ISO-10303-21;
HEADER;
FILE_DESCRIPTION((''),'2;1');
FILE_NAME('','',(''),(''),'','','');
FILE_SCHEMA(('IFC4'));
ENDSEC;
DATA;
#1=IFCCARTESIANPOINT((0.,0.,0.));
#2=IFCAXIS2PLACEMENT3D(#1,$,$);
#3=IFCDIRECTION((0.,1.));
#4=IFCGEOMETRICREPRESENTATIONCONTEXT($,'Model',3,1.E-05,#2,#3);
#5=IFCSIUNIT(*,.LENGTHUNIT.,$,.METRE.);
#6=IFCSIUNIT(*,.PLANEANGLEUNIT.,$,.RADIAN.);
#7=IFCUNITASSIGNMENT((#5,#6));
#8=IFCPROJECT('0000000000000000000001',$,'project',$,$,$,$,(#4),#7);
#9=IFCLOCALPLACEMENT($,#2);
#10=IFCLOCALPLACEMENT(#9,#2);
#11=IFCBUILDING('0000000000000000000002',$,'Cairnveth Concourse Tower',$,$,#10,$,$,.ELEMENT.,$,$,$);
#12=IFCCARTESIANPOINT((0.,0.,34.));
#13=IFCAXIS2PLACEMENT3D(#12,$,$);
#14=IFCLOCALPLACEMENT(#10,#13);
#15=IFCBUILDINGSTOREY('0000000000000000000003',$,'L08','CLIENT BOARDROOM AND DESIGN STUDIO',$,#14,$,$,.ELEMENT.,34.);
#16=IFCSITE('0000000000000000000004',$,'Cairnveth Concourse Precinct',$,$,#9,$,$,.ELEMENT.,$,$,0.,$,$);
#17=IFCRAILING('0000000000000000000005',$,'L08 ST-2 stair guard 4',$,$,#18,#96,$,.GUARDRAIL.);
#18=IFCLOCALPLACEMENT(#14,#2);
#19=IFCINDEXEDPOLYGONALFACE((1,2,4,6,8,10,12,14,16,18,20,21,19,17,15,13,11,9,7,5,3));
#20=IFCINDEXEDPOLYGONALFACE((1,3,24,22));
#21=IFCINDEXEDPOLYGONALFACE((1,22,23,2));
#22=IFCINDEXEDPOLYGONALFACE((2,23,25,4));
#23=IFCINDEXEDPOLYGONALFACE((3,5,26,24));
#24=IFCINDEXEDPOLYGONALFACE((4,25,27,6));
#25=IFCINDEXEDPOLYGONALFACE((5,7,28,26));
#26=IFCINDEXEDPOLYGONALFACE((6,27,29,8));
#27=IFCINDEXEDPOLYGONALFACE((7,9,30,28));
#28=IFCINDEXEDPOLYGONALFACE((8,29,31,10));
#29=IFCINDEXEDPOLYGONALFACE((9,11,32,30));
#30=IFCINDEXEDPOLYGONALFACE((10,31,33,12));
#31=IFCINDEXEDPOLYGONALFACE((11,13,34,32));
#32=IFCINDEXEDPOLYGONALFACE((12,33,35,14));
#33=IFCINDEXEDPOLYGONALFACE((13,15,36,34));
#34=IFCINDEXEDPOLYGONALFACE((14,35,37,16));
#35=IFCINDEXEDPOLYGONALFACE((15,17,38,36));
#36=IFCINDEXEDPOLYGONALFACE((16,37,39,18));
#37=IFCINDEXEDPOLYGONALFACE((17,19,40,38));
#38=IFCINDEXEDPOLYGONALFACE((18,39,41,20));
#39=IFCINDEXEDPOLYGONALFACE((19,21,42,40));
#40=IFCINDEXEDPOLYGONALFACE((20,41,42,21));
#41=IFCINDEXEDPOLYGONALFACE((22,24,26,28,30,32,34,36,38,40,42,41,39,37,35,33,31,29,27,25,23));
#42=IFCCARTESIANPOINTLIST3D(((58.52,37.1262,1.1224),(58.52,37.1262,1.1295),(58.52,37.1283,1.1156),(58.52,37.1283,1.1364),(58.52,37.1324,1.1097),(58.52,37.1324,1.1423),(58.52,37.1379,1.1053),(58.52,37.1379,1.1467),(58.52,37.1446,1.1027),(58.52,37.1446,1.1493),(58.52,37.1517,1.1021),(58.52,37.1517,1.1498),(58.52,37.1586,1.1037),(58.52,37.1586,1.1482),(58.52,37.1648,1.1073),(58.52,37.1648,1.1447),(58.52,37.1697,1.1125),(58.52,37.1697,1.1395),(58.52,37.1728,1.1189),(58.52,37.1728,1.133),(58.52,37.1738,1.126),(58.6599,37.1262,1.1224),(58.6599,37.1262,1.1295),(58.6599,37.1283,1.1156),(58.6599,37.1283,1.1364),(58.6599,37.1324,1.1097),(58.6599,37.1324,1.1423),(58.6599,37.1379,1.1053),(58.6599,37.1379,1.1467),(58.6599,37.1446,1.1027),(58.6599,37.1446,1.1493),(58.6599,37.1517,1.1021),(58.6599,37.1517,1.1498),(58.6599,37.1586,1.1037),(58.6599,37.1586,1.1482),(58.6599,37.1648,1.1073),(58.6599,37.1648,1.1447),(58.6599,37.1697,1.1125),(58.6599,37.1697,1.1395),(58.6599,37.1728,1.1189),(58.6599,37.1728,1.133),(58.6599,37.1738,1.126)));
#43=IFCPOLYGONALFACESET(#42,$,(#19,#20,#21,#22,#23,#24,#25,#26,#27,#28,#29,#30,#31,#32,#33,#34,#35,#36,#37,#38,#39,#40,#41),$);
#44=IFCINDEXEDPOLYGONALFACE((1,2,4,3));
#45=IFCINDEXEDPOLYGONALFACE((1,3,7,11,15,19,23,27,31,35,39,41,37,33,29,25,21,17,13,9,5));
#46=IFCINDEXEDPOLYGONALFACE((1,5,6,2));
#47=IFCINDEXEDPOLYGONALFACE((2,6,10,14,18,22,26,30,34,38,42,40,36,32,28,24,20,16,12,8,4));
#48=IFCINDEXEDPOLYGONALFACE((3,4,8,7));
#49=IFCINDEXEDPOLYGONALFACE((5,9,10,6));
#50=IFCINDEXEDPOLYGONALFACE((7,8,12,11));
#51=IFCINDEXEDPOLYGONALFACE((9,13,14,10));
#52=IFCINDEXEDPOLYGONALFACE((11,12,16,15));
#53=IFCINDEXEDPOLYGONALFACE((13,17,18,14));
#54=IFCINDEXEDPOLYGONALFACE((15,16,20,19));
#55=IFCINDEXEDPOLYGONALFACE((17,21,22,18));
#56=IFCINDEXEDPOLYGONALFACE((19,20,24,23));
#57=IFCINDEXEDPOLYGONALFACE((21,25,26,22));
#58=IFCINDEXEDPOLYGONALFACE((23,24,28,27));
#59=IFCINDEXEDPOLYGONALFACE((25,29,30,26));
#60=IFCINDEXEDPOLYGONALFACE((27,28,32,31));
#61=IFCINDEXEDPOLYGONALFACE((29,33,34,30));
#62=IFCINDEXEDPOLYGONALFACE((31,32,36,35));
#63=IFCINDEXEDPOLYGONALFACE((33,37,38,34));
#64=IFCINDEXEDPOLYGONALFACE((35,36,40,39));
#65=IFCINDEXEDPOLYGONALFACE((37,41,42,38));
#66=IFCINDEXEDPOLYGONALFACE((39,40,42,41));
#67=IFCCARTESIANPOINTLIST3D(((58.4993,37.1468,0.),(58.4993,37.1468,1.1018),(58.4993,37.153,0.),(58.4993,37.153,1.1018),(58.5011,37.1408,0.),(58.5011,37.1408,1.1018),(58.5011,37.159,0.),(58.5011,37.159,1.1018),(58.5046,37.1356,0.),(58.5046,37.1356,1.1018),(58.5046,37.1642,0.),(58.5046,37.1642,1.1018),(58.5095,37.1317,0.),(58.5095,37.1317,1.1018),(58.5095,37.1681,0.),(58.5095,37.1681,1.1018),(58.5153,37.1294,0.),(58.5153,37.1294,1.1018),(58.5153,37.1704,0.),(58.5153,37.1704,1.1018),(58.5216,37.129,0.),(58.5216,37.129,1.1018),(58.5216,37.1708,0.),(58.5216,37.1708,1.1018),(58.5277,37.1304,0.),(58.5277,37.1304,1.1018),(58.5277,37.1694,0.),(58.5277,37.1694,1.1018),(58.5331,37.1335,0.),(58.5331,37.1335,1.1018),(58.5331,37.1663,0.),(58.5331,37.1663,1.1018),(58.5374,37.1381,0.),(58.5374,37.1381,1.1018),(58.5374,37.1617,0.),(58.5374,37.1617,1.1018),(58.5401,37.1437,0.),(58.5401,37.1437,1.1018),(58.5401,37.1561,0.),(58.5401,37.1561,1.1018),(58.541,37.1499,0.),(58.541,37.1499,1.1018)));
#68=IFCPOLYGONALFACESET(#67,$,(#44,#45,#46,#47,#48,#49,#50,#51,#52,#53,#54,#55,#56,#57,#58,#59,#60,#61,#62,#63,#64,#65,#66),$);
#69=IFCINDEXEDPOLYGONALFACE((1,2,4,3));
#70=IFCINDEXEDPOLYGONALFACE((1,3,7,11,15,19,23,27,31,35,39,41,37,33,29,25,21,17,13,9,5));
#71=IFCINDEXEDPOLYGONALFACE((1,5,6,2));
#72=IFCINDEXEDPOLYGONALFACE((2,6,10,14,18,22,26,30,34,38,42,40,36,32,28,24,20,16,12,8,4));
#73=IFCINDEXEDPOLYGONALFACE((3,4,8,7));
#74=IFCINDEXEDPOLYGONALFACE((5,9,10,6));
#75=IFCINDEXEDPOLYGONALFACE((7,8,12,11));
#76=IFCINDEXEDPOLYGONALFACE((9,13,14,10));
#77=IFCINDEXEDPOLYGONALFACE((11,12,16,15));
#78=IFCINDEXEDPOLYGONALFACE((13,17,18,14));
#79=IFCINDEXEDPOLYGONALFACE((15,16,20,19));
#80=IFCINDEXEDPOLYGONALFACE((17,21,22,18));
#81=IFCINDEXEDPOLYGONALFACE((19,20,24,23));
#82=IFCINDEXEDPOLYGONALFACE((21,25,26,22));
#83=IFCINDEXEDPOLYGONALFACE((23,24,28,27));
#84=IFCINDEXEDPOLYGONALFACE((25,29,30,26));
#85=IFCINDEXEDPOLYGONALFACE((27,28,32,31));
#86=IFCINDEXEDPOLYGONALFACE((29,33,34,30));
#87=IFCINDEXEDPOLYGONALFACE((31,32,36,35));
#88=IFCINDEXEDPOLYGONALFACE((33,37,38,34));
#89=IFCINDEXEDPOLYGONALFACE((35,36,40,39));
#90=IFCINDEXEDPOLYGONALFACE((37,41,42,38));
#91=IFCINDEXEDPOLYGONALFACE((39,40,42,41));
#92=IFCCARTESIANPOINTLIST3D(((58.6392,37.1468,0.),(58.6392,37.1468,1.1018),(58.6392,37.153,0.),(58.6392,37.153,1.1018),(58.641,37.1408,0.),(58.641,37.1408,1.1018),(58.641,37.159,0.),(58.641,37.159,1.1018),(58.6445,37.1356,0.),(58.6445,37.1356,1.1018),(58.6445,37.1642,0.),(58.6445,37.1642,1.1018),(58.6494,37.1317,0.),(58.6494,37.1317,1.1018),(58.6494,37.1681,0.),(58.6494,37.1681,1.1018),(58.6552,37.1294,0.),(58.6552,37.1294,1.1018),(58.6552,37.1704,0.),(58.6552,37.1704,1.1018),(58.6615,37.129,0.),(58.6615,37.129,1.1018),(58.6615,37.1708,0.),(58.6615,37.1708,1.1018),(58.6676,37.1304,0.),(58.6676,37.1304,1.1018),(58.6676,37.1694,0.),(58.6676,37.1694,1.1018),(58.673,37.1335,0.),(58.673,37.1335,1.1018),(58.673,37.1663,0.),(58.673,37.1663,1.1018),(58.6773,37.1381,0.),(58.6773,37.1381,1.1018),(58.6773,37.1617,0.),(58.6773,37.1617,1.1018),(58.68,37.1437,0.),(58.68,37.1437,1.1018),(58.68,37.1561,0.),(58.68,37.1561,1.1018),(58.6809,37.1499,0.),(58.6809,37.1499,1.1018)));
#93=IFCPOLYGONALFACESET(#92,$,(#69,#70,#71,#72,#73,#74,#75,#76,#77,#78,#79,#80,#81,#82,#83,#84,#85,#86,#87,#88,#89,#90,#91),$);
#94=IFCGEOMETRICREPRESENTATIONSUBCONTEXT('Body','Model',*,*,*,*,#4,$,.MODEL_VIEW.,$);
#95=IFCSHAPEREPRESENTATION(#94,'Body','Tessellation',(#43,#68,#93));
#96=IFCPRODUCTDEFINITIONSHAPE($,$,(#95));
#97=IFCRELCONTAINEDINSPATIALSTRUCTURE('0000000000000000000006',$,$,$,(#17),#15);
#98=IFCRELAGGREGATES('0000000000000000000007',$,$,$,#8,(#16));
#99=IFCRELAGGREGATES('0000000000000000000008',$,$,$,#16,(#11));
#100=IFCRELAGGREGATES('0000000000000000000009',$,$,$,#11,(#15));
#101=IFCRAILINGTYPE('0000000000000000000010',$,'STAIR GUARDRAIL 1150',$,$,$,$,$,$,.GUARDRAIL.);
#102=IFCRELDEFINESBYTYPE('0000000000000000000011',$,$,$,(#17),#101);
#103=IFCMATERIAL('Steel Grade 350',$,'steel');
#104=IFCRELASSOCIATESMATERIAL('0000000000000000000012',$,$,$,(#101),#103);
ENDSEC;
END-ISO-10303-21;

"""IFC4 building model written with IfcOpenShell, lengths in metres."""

from ifc_helpers import new_model, si_unit, direction, frame, origin, origin_2d, place, context, subcontext, project, spatial, circle, extrude, material, type_object, element, save


model = new_model("IFC4")

# Units and contexts
model_context = context("Model", 3, precision=1e-05, world=origin(), true_north=direction((0.0, 1.0)))
body_context = subcontext(model_context, "Body", "Model", "MODEL_VIEW")
ifc_project = project(units=[si_unit("LENGTHUNIT", "METRE"), si_unit("PLANEANGLEUNIT", "RADIAN")], contexts=[model_context])

# Site, building, storey
site_placement = place(None, origin())
site = spatial("IfcSite", under=ifc_project, at=site_placement, Name="Cairnveth Concourse Precinct", CompositionType="ELEMENT", RefElevation=0.0)
building_placement = place(site_placement, origin())
building = spatial("IfcBuilding", under=site, at=building_placement, Name="Cairnveth Concourse Tower", CompositionType="ELEMENT")
storey_placement = place(building_placement, frame((0.0, 0.0, 34.0)))
storey = spatial("IfcBuildingStorey", under=building, at=storey_placement, Name="L08", Description="CLIENT BOARDROOM AND DESIGN STUDIO", CompositionType="ELEMENT", Elevation=34.0)

# Shared definitions
ifc_material_1 = material(Name="Steel Grade 350", Category="steel")

# Railing
railing_type = type_object("IfcRailingType", Name="STAIR GUARDRAIL 1150", PredefinedType="GUARDRAIL", material=ifc_material_1)
railing_1_placement = place(storey_placement, frame((58.52, 37.1499, 0.0)))
element("IfcRailing", 1, at=railing_1_placement, inside=storey, type_object=railing_type, Name="L08 ST-2 stair guard 4", PredefinedType="GUARDRAIL", context=body_context, shape_type="SweptSolid", body=[
    extrude(circle(Radius=0.0239, at=origin_2d()), frame((0.0, 0.0, 1.126), z_axis=(1.0, 0.0, 0.0), x_axis=(0.0, 1.0, 0.0)), (0.0, 0.0, 1.0), 0.1399),
    extrude(circle(Radius=0.021, at=origin_2d()), origin(), (0.0, 0.0, 1.0), 1.1018),
    extrude(circle(Radius=0.021, at=origin_2d()), frame((0.1399, 0.0, 0.0)), (0.0, 0.0, 1.0), 1.1018),
])

save(model, "model.ifc")
